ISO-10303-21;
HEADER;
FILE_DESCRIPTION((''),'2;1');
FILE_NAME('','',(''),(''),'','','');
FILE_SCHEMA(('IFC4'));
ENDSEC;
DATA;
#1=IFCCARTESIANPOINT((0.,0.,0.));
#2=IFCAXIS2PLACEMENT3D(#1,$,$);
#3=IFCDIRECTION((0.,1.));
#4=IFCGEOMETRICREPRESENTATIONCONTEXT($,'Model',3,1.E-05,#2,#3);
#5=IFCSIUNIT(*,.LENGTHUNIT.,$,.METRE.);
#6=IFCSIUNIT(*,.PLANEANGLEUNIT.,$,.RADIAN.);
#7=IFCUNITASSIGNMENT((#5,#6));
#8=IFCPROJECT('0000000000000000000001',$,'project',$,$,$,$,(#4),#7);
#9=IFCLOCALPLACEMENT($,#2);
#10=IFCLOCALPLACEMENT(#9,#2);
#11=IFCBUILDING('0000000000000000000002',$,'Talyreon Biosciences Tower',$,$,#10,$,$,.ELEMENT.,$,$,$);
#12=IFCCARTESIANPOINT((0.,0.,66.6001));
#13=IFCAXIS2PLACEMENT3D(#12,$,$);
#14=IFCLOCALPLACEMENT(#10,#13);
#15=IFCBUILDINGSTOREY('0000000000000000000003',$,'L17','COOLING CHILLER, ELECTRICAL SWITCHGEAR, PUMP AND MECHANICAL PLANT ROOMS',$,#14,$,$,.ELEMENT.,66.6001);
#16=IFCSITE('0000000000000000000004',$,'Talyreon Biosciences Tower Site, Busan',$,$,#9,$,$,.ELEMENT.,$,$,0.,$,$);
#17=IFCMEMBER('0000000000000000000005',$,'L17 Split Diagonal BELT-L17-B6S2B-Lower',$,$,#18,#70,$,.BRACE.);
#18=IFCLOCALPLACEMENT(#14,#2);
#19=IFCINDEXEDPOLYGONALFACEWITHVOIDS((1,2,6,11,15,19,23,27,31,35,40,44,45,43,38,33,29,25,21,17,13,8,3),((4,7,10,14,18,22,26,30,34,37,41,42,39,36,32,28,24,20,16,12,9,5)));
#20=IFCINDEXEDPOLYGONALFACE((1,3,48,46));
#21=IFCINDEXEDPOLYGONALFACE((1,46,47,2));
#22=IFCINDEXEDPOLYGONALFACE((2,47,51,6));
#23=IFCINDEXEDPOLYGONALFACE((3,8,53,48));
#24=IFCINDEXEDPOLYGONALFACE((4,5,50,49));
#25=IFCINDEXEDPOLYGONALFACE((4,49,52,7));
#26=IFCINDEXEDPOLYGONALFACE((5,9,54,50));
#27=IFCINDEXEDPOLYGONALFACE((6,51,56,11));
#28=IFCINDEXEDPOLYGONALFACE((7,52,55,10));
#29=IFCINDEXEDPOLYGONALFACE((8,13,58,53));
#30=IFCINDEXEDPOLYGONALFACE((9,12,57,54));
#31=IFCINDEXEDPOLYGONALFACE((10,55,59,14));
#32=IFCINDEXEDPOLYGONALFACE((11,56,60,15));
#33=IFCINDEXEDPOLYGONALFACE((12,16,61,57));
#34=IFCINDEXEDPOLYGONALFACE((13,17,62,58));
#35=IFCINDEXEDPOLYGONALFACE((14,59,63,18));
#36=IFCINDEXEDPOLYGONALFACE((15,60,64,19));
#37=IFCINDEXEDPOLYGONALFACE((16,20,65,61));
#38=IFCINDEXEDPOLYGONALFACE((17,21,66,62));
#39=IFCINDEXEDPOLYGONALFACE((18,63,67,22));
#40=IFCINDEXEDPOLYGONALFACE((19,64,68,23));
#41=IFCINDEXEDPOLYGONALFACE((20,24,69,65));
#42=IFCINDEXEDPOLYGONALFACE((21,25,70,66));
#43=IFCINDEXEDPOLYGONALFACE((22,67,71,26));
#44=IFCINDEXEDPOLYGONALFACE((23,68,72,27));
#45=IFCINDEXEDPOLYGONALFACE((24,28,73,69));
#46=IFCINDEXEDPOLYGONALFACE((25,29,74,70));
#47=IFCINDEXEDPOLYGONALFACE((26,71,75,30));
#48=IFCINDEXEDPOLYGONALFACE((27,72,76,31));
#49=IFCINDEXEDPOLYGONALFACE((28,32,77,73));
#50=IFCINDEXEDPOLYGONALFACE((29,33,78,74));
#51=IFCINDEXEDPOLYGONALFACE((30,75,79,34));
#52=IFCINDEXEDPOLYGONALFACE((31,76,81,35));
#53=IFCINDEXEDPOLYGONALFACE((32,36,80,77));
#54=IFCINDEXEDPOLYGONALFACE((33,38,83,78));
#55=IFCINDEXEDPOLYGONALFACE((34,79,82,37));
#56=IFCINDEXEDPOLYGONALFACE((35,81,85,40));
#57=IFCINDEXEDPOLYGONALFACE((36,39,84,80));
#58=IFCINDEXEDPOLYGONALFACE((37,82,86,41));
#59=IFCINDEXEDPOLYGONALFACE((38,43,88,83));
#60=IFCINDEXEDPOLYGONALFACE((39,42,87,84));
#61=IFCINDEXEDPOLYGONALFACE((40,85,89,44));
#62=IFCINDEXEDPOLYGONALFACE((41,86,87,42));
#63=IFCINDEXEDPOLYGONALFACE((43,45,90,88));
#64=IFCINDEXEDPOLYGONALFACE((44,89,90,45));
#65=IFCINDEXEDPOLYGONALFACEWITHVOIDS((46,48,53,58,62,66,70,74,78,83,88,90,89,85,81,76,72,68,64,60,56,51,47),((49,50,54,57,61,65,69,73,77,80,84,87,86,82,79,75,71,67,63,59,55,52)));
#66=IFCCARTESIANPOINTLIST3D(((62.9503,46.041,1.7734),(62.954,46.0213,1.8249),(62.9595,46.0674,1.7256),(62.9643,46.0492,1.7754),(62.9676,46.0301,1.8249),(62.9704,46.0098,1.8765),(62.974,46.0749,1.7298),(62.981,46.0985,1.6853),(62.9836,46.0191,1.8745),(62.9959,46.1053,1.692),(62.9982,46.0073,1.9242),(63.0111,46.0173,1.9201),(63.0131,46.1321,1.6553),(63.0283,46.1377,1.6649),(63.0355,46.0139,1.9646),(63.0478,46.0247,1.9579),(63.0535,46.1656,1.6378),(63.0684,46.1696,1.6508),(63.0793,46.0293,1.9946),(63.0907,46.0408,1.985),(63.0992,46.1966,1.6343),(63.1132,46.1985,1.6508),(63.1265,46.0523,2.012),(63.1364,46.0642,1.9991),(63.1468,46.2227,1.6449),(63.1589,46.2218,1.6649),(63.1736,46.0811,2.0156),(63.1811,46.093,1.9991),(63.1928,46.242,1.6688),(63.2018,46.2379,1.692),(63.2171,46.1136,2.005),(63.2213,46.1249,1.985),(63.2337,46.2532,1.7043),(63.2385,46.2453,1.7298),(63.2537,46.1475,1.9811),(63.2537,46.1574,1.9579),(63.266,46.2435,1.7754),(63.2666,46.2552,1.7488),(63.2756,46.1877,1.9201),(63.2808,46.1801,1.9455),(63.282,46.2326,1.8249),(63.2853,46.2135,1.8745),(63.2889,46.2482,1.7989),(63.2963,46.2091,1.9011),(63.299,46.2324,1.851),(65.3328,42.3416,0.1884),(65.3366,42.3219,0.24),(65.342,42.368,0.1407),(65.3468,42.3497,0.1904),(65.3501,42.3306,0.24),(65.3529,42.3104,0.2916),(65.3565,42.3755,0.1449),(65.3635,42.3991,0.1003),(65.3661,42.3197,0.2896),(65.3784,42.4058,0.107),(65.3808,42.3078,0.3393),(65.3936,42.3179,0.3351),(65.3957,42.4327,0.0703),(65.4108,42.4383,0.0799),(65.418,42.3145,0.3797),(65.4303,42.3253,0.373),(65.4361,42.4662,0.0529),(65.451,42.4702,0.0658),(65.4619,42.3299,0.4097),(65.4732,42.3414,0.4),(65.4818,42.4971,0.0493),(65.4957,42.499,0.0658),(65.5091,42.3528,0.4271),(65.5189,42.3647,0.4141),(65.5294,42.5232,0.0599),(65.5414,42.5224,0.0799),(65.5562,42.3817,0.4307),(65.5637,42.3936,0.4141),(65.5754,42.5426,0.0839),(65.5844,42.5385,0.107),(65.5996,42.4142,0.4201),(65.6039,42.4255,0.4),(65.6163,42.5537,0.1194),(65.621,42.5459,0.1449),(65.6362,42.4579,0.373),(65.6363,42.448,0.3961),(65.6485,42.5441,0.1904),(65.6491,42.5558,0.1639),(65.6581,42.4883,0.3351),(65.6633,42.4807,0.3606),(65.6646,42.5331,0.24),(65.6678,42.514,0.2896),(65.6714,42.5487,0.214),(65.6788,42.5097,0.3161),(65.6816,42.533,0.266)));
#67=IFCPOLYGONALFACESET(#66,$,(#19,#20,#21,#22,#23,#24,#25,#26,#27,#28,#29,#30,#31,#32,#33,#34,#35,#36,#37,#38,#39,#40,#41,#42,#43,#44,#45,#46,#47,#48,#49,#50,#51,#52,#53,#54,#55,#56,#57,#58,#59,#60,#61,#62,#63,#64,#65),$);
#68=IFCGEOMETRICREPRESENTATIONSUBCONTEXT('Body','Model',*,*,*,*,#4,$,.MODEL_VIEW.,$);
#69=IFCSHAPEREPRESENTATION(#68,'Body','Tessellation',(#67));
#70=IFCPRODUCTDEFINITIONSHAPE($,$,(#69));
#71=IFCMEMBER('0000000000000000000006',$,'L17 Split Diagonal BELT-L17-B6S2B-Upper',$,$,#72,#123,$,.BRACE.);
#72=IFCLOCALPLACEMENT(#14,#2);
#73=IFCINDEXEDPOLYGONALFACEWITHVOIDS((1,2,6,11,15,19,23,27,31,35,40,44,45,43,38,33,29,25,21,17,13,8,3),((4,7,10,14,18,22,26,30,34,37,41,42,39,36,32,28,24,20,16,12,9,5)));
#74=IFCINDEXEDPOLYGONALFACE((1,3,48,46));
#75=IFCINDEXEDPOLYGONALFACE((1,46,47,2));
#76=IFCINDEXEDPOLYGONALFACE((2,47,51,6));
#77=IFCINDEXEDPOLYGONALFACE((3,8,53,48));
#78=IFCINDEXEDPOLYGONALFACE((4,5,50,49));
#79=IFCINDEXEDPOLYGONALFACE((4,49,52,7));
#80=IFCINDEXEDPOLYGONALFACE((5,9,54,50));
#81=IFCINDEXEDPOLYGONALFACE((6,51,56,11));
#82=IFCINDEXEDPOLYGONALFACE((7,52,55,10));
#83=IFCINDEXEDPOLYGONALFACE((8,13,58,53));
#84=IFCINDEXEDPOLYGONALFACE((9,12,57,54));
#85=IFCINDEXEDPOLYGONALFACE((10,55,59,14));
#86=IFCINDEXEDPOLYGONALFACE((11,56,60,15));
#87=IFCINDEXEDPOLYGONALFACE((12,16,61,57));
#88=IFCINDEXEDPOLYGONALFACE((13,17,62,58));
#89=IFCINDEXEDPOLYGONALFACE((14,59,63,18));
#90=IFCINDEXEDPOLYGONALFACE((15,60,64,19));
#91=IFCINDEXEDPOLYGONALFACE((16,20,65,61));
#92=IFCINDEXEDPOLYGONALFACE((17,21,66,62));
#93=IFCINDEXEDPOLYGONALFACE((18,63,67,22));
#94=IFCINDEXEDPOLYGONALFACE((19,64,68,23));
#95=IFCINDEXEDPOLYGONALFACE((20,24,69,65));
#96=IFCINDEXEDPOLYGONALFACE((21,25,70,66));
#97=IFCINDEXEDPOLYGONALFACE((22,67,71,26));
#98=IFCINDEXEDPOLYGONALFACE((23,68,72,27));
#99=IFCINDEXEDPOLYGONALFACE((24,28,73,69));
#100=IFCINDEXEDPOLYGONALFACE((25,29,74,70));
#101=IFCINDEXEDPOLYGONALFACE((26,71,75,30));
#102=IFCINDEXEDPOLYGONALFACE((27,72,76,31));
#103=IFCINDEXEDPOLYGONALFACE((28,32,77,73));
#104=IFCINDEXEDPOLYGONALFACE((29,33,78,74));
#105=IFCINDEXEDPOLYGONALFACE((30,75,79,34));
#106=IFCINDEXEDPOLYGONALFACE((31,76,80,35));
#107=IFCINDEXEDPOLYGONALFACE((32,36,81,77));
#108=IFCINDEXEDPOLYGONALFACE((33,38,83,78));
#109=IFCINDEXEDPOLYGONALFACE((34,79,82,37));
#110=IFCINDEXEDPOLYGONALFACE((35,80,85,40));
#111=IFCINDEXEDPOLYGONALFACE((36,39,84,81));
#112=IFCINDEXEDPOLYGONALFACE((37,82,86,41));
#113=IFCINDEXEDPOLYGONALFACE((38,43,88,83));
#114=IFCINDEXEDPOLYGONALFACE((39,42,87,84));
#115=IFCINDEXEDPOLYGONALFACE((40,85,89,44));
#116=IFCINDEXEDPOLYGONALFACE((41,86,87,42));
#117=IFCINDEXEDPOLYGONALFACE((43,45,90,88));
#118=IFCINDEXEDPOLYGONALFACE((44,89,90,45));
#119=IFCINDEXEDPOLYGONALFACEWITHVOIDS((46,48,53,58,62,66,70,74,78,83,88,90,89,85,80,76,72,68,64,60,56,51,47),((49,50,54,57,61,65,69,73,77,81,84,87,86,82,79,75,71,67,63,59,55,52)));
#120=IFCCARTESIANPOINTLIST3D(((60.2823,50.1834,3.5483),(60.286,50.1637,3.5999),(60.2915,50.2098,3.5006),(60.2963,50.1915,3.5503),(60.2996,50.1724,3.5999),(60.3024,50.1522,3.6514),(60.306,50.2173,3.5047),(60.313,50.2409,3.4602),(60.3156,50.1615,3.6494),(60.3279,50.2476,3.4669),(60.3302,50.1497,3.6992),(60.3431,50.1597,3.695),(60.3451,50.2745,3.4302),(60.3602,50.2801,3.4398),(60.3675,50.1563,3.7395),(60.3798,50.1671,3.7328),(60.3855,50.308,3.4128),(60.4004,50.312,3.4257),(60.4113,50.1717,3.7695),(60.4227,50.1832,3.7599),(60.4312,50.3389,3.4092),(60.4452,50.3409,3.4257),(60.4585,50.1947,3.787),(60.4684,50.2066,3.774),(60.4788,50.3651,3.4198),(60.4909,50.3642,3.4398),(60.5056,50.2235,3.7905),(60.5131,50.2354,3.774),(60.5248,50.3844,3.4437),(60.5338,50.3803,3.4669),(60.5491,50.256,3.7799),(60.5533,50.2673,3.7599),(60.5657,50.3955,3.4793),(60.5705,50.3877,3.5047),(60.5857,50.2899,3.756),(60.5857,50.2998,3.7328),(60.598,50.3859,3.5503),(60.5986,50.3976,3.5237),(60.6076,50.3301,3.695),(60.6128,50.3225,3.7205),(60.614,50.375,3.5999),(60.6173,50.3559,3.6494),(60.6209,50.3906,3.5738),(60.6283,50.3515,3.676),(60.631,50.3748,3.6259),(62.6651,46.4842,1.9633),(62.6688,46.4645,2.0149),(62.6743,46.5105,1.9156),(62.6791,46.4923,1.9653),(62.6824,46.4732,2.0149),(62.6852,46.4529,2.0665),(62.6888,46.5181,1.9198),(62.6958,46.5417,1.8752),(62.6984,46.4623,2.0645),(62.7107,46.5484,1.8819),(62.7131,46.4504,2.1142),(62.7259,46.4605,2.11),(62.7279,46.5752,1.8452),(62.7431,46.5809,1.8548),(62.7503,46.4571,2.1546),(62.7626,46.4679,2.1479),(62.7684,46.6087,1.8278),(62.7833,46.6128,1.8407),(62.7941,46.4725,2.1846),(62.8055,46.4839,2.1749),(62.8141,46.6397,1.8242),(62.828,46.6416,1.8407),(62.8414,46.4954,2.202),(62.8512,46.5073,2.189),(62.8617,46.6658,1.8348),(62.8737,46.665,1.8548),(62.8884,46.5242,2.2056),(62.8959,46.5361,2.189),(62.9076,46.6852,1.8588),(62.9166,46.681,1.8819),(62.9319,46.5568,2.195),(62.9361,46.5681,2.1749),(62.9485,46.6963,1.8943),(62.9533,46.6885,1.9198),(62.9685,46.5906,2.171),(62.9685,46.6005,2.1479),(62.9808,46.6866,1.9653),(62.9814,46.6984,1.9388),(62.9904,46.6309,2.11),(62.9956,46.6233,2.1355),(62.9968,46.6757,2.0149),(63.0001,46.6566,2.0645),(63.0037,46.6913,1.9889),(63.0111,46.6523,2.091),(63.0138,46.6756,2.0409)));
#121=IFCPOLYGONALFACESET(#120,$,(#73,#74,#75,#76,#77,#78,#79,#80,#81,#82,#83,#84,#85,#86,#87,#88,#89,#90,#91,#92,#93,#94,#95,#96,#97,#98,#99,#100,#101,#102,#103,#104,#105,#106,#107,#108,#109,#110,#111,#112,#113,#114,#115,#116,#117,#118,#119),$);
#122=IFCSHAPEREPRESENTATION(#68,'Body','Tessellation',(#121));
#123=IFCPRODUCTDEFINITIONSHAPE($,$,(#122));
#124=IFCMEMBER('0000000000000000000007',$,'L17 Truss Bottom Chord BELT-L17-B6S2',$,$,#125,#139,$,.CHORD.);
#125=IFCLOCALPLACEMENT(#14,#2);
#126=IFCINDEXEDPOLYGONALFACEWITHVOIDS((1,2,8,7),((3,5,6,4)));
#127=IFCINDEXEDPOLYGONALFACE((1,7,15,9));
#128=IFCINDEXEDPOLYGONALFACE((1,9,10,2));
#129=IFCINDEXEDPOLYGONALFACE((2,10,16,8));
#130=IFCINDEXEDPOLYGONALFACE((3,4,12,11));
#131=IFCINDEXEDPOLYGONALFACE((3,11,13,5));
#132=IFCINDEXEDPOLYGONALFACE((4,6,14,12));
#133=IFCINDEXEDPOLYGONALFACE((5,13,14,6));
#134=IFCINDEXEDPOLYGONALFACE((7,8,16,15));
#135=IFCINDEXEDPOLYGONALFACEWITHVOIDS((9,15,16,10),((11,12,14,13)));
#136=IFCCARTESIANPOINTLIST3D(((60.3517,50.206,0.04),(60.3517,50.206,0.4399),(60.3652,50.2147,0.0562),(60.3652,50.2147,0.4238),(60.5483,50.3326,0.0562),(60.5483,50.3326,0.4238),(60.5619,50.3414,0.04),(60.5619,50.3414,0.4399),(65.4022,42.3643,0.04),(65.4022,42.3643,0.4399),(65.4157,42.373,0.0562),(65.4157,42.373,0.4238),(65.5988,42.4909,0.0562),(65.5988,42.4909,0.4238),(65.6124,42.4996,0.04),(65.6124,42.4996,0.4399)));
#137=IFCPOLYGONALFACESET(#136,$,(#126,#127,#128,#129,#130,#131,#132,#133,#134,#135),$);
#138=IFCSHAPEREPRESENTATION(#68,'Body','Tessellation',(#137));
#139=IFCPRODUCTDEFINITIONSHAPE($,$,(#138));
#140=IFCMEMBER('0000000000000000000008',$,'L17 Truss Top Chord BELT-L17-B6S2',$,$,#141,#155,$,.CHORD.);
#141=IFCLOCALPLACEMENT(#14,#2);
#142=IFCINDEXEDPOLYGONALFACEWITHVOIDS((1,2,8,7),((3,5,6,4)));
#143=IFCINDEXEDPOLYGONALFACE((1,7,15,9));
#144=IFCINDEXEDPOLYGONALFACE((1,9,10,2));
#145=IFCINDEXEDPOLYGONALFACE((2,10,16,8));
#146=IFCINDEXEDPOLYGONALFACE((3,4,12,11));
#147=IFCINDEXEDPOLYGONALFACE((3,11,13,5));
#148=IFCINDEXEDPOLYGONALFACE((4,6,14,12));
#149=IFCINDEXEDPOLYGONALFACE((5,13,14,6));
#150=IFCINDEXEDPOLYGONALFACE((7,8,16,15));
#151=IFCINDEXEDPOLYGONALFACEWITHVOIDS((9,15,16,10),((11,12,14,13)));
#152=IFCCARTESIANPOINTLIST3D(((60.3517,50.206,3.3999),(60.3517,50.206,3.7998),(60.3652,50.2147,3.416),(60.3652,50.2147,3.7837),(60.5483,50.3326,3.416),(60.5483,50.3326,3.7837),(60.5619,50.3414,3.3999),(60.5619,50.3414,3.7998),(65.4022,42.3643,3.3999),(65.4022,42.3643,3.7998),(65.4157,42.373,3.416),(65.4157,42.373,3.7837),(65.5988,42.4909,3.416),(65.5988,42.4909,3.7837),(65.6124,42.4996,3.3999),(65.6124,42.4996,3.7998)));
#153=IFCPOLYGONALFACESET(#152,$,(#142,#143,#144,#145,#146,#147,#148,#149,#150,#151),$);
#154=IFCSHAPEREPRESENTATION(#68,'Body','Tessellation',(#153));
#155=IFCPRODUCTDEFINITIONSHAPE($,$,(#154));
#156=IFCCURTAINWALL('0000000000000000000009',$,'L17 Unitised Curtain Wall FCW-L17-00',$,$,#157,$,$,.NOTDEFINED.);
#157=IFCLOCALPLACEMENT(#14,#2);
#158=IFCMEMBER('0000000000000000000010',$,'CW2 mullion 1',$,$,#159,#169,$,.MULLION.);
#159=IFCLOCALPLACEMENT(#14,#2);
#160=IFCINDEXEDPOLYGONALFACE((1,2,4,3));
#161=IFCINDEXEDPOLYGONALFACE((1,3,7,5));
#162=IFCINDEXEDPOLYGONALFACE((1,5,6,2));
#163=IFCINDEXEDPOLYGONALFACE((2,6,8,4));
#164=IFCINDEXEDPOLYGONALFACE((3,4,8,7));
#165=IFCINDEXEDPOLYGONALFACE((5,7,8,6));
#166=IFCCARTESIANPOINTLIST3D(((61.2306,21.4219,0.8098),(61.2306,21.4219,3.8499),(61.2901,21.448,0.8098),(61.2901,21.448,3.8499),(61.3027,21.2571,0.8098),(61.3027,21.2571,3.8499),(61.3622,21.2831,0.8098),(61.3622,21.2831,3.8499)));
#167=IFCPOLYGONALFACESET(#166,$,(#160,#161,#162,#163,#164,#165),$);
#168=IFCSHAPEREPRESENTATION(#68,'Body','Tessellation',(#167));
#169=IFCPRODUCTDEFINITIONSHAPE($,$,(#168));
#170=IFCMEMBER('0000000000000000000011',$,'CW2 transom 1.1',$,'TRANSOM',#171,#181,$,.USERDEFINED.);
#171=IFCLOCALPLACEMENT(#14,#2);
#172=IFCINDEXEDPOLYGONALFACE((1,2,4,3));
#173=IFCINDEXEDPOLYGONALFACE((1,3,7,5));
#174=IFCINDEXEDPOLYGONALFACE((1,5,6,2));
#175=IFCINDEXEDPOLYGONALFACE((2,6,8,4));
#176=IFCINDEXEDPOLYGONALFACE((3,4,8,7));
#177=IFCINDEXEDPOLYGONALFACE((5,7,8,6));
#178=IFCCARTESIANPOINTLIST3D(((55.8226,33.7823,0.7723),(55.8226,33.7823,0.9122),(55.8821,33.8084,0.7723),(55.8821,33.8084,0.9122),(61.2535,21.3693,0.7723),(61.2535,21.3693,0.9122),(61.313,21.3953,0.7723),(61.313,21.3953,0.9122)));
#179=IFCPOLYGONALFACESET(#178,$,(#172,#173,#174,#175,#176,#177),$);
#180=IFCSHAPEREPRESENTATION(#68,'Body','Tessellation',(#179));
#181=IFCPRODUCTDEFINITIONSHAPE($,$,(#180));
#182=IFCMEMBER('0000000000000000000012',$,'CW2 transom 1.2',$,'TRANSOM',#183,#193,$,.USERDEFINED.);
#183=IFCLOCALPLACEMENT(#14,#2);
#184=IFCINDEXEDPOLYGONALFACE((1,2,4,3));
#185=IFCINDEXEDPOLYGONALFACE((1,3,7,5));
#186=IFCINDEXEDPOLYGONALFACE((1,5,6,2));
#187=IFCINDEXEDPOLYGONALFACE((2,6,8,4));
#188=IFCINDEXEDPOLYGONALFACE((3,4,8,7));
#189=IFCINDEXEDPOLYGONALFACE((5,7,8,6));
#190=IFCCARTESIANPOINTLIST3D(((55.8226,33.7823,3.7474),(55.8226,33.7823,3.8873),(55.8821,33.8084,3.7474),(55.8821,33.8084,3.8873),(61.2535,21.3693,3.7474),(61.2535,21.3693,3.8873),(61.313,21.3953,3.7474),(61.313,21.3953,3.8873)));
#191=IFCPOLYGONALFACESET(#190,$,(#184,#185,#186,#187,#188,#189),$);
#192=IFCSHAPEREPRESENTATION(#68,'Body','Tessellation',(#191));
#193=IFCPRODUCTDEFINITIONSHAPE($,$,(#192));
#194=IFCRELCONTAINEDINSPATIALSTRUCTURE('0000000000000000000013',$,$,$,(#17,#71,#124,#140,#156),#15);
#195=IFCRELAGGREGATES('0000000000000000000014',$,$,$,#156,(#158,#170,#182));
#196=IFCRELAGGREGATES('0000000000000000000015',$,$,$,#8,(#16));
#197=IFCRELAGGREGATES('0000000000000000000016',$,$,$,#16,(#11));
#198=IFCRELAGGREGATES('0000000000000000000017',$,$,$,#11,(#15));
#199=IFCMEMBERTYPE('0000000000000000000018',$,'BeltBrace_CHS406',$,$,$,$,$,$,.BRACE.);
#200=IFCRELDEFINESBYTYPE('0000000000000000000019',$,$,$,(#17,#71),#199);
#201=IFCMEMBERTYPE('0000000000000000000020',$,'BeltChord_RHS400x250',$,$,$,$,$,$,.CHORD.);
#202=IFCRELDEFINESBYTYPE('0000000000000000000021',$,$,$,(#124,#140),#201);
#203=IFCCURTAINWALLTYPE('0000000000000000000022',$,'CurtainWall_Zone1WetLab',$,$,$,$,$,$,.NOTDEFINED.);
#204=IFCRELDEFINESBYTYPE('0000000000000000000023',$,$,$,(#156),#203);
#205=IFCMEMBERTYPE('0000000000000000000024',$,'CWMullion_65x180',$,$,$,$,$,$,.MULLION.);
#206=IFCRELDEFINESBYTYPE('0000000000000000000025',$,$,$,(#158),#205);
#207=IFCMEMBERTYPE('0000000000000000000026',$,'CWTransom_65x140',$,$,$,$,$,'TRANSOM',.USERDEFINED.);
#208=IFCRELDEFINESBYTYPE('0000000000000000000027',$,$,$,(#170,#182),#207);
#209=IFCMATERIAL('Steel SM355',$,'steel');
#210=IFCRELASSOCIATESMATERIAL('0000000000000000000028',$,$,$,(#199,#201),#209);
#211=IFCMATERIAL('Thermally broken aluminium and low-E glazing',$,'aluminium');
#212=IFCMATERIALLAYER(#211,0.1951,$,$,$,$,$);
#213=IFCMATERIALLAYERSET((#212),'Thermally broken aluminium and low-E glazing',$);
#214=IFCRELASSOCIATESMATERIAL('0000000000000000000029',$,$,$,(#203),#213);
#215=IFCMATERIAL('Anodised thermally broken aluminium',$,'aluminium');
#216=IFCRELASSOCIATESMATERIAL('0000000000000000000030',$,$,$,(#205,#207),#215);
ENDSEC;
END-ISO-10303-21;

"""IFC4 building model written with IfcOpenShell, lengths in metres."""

from ifc_helpers import new_model, si_unit, direction, frame, origin, origin_2d, place, context, subcontext, project, spatial, rectangle, hollow_rectangle, hollow_circle, extrude, material, layer, layer_set, material_profile, profile_set, type_object, element, aggregate, save


model = new_model("IFC4")

# Units and contexts
model_context = context("Model", 3, precision=1e-05, world=origin(), true_north=direction((0.0, 1.0)))
body_context = subcontext(model_context, "Body", "Model", "MODEL_VIEW")
ifc_project = project(units=[si_unit("LENGTHUNIT", "METRE"), si_unit("PLANEANGLEUNIT", "RADIAN")], contexts=[model_context])

# Site, building, storey
site_placement = place(None, origin())
site = spatial("IfcSite", under=ifc_project, at=site_placement, Name="Talyreon Biosciences Tower Site, Busan", CompositionType="ELEMENT", RefElevation=0.0)
building_placement = place(site_placement, origin())
building = spatial("IfcBuilding", under=site, at=building_placement, Name="Talyreon Biosciences Tower", CompositionType="ELEMENT")
storey_placement = place(building_placement, frame((0.0, 0.0, 66.6001)))
storey = spatial("IfcBuildingStorey", under=building, at=storey_placement, Name="L17", Description="COOLING CHILLER, ELECTRICAL SWITCHGEAR, PUMP AND MECHANICAL PLANT ROOMS", CompositionType="ELEMENT", Elevation=66.6001)

# Members
ifc_material_1 = material(Name="Steel SM355", Category="steel")
ifc_material_profile_1 = material_profile(ifc_material_1, hollow_circle(Radius=0.2031, WallThickness=0.0161, at=origin_2d()), Name="CHS 406.4x16")
ifc_profile_set_1 = profile_set([ifc_material_profile_1], Name="Steel SM355")
member_type_1 = type_object("IfcMemberType", Name="BeltBrace_CHS406", PredefinedType="BRACE", material=ifc_profile_set_1)
for number, where, z_axis, x_axis, name in (
    (1, (65.5073, 42.4319, 0.24), (-0.509417, 0.790983, 0.338881), (-0.840729, -0.541456, 0.0), "L17 Split Diagonal BELT-L17-B6S2B-Lower"),
    (2, (62.8396, 46.5745, 2.0149), (-0.509477, 0.790942, 0.338886), (-0.840688, -0.54152, 0.0), "L17 Split Diagonal BELT-L17-B6S2B-Upper"),
):
    element("IfcMember", number, at=place(storey_placement, frame(where, z_axis=z_axis, x_axis=x_axis)), inside=storey, type_object=member_type_1, Name=name, PredefinedType="BRACE", context=body_context, shape_type="SweptSolid", body=[
        extrude(hollow_circle(Radius=0.2031, WallThickness=0.0161, at=origin_2d()), origin(), (0.0, 0.0, 1.0), 4.677),
    ])
ifc_material_profile_2 = material_profile(ifc_material_1, hollow_rectangle(XDim=0.25, YDim=0.3999, WallThickness=0.0161, at=origin_2d()), Name="RHS 400x250x16")
ifc_profile_set_2 = profile_set([ifc_material_profile_2], Name="Steel SM355")
member_type_2 = type_object("IfcMemberType", Name="BeltChord_RHS400x250", PredefinedType="CHORD", material=ifc_profile_set_2)
for number, where, z_axis, x_axis, name in (
    (3, (60.4568, 50.2737, 0.24), (0.541469, -0.840721, 0.0), (0.840721, 0.541469, 0.0), "L17 Truss Bottom Chord BELT-L17-B6S2"),
    (4, (60.4568, 50.2737, 3.5999), (0.541469, -0.840721, 0.0), (0.840721, 0.541469, 0.0), "L17 Truss Top Chord BELT-L17-B6S2"),
):
    element("IfcMember", number, at=place(storey_placement, frame(where, z_axis=z_axis, x_axis=x_axis)), inside=storey, type_object=member_type_2, Name=name, PredefinedType="CHORD", context=body_context, shape_type="SweptSolid", body=[
        extrude(hollow_rectangle(XDim=0.25, YDim=0.3999, WallThickness=0.0161, at=origin_2d()), origin(), (0.0, 0.0, 1.0), 9.3274),
    ])

# Curtain wall, members
ifc_material_2 = material(Name="Thermally broken aluminium and low-E glazing", Category="aluminium")
ifc_layer_1 = layer(ifc_material_2, 0.1951)
ifc_layer_set_1 = layer_set([ifc_layer_1], Name="Thermally broken aluminium and low-E glazing")
curtain_wall_type = type_object("IfcCurtainWallType", Name="CurtainWall_Zone1WetLab", PredefinedType="NOTDEFINED", material=ifc_layer_set_1)
curtain_wall_placement = place(storey_placement, origin())
curtain_wall = element("IfcCurtainWall", 5, at=curtain_wall_placement, inside=storey, type_object=curtain_wall_type, Name="L17 Unitised Curtain Wall FCW-L17-00", PredefinedType="NOTDEFINED")
ifc_material_3 = material(Name="Anodised thermally broken aluminium", Category="aluminium")
ifc_material_profile_3 = material_profile(ifc_material_3, rectangle(XDim=0.0649, YDim=0.1799, at=origin_2d()), Name="ALUM MULLION 65x180")
ifc_profile_set_3 = profile_set([ifc_material_profile_3], Name="Anodised thermally broken aluminium")
member_type_3 = type_object("IfcMemberType", Name="CWMullion_65x180", PredefinedType="MULLION", material=ifc_profile_set_3)
member_1_placement = place(storey_placement, frame((61.2964, 21.3525, 0.8098), z_axis=(0.0, 0.0, 1.0), x_axis=(-0.916152, -0.400831, 0.0)))
member_1 = element("IfcMember", 6, at=member_1_placement, type_object=member_type_3, Name="CW2 mullion 1", PredefinedType="MULLION", context=body_context, shape_type="SweptSolid", body=[
    extrude(rectangle(XDim=0.0649, YDim=0.1799, at=origin_2d()), origin(), (0.0, 0.0, 1.0), 3.04),
])
ifc_material_profile_4 = material_profile(ifc_material_3, rectangle(XDim=0.0649, YDim=0.1399, at=origin_2d()), Name="ALUM TRANSOM 65x140")
ifc_profile_set_4 = profile_set([ifc_material_profile_4], Name="Anodised thermally broken aluminium")
member_type_4 = type_object("IfcMemberType", Name="CWTransom_65x140", ElementType="TRANSOM", PredefinedType="USERDEFINED", material=ifc_profile_set_4)
member_2_placement = place(storey_placement, frame((61.2832, 21.3823, 0.8423), z_axis=(-0.40083, 0.916152, 0.0), x_axis=(-0.916152, -0.40083, 0.0)))
member_2 = element("IfcMember", 7, at=member_2_placement, type_object=member_type_4, Name="CW2 transom 1.1", ObjectType="TRANSOM", PredefinedType="USERDEFINED", context=body_context, shape_type="SweptSolid", body=[
    extrude(rectangle(XDim=0.0649, YDim=0.1399, at=origin_2d()), origin(), (0.0, 0.0, 1.0), 13.5491),
])
member_3_placement = place(storey_placement, frame((61.2832, 21.3823, 3.8174), z_axis=(-0.40083, 0.916152, 0.0), x_axis=(-0.916152, -0.40083, 0.0)))
member_3 = element("IfcMember", 8, at=member_3_placement, type_object=member_type_4, Name="CW2 transom 1.2", ObjectType="TRANSOM", PredefinedType="USERDEFINED", context=body_context, shape_type="SweptSolid", body=[
    extrude(rectangle(XDim=0.0649, YDim=0.1399, at=origin_2d()), origin(), (0.0, 0.0, 1.0), 13.5491),
])

aggregate(curtain_wall, [member_1, member_2, member_3])

save(model, "model.ifc")
